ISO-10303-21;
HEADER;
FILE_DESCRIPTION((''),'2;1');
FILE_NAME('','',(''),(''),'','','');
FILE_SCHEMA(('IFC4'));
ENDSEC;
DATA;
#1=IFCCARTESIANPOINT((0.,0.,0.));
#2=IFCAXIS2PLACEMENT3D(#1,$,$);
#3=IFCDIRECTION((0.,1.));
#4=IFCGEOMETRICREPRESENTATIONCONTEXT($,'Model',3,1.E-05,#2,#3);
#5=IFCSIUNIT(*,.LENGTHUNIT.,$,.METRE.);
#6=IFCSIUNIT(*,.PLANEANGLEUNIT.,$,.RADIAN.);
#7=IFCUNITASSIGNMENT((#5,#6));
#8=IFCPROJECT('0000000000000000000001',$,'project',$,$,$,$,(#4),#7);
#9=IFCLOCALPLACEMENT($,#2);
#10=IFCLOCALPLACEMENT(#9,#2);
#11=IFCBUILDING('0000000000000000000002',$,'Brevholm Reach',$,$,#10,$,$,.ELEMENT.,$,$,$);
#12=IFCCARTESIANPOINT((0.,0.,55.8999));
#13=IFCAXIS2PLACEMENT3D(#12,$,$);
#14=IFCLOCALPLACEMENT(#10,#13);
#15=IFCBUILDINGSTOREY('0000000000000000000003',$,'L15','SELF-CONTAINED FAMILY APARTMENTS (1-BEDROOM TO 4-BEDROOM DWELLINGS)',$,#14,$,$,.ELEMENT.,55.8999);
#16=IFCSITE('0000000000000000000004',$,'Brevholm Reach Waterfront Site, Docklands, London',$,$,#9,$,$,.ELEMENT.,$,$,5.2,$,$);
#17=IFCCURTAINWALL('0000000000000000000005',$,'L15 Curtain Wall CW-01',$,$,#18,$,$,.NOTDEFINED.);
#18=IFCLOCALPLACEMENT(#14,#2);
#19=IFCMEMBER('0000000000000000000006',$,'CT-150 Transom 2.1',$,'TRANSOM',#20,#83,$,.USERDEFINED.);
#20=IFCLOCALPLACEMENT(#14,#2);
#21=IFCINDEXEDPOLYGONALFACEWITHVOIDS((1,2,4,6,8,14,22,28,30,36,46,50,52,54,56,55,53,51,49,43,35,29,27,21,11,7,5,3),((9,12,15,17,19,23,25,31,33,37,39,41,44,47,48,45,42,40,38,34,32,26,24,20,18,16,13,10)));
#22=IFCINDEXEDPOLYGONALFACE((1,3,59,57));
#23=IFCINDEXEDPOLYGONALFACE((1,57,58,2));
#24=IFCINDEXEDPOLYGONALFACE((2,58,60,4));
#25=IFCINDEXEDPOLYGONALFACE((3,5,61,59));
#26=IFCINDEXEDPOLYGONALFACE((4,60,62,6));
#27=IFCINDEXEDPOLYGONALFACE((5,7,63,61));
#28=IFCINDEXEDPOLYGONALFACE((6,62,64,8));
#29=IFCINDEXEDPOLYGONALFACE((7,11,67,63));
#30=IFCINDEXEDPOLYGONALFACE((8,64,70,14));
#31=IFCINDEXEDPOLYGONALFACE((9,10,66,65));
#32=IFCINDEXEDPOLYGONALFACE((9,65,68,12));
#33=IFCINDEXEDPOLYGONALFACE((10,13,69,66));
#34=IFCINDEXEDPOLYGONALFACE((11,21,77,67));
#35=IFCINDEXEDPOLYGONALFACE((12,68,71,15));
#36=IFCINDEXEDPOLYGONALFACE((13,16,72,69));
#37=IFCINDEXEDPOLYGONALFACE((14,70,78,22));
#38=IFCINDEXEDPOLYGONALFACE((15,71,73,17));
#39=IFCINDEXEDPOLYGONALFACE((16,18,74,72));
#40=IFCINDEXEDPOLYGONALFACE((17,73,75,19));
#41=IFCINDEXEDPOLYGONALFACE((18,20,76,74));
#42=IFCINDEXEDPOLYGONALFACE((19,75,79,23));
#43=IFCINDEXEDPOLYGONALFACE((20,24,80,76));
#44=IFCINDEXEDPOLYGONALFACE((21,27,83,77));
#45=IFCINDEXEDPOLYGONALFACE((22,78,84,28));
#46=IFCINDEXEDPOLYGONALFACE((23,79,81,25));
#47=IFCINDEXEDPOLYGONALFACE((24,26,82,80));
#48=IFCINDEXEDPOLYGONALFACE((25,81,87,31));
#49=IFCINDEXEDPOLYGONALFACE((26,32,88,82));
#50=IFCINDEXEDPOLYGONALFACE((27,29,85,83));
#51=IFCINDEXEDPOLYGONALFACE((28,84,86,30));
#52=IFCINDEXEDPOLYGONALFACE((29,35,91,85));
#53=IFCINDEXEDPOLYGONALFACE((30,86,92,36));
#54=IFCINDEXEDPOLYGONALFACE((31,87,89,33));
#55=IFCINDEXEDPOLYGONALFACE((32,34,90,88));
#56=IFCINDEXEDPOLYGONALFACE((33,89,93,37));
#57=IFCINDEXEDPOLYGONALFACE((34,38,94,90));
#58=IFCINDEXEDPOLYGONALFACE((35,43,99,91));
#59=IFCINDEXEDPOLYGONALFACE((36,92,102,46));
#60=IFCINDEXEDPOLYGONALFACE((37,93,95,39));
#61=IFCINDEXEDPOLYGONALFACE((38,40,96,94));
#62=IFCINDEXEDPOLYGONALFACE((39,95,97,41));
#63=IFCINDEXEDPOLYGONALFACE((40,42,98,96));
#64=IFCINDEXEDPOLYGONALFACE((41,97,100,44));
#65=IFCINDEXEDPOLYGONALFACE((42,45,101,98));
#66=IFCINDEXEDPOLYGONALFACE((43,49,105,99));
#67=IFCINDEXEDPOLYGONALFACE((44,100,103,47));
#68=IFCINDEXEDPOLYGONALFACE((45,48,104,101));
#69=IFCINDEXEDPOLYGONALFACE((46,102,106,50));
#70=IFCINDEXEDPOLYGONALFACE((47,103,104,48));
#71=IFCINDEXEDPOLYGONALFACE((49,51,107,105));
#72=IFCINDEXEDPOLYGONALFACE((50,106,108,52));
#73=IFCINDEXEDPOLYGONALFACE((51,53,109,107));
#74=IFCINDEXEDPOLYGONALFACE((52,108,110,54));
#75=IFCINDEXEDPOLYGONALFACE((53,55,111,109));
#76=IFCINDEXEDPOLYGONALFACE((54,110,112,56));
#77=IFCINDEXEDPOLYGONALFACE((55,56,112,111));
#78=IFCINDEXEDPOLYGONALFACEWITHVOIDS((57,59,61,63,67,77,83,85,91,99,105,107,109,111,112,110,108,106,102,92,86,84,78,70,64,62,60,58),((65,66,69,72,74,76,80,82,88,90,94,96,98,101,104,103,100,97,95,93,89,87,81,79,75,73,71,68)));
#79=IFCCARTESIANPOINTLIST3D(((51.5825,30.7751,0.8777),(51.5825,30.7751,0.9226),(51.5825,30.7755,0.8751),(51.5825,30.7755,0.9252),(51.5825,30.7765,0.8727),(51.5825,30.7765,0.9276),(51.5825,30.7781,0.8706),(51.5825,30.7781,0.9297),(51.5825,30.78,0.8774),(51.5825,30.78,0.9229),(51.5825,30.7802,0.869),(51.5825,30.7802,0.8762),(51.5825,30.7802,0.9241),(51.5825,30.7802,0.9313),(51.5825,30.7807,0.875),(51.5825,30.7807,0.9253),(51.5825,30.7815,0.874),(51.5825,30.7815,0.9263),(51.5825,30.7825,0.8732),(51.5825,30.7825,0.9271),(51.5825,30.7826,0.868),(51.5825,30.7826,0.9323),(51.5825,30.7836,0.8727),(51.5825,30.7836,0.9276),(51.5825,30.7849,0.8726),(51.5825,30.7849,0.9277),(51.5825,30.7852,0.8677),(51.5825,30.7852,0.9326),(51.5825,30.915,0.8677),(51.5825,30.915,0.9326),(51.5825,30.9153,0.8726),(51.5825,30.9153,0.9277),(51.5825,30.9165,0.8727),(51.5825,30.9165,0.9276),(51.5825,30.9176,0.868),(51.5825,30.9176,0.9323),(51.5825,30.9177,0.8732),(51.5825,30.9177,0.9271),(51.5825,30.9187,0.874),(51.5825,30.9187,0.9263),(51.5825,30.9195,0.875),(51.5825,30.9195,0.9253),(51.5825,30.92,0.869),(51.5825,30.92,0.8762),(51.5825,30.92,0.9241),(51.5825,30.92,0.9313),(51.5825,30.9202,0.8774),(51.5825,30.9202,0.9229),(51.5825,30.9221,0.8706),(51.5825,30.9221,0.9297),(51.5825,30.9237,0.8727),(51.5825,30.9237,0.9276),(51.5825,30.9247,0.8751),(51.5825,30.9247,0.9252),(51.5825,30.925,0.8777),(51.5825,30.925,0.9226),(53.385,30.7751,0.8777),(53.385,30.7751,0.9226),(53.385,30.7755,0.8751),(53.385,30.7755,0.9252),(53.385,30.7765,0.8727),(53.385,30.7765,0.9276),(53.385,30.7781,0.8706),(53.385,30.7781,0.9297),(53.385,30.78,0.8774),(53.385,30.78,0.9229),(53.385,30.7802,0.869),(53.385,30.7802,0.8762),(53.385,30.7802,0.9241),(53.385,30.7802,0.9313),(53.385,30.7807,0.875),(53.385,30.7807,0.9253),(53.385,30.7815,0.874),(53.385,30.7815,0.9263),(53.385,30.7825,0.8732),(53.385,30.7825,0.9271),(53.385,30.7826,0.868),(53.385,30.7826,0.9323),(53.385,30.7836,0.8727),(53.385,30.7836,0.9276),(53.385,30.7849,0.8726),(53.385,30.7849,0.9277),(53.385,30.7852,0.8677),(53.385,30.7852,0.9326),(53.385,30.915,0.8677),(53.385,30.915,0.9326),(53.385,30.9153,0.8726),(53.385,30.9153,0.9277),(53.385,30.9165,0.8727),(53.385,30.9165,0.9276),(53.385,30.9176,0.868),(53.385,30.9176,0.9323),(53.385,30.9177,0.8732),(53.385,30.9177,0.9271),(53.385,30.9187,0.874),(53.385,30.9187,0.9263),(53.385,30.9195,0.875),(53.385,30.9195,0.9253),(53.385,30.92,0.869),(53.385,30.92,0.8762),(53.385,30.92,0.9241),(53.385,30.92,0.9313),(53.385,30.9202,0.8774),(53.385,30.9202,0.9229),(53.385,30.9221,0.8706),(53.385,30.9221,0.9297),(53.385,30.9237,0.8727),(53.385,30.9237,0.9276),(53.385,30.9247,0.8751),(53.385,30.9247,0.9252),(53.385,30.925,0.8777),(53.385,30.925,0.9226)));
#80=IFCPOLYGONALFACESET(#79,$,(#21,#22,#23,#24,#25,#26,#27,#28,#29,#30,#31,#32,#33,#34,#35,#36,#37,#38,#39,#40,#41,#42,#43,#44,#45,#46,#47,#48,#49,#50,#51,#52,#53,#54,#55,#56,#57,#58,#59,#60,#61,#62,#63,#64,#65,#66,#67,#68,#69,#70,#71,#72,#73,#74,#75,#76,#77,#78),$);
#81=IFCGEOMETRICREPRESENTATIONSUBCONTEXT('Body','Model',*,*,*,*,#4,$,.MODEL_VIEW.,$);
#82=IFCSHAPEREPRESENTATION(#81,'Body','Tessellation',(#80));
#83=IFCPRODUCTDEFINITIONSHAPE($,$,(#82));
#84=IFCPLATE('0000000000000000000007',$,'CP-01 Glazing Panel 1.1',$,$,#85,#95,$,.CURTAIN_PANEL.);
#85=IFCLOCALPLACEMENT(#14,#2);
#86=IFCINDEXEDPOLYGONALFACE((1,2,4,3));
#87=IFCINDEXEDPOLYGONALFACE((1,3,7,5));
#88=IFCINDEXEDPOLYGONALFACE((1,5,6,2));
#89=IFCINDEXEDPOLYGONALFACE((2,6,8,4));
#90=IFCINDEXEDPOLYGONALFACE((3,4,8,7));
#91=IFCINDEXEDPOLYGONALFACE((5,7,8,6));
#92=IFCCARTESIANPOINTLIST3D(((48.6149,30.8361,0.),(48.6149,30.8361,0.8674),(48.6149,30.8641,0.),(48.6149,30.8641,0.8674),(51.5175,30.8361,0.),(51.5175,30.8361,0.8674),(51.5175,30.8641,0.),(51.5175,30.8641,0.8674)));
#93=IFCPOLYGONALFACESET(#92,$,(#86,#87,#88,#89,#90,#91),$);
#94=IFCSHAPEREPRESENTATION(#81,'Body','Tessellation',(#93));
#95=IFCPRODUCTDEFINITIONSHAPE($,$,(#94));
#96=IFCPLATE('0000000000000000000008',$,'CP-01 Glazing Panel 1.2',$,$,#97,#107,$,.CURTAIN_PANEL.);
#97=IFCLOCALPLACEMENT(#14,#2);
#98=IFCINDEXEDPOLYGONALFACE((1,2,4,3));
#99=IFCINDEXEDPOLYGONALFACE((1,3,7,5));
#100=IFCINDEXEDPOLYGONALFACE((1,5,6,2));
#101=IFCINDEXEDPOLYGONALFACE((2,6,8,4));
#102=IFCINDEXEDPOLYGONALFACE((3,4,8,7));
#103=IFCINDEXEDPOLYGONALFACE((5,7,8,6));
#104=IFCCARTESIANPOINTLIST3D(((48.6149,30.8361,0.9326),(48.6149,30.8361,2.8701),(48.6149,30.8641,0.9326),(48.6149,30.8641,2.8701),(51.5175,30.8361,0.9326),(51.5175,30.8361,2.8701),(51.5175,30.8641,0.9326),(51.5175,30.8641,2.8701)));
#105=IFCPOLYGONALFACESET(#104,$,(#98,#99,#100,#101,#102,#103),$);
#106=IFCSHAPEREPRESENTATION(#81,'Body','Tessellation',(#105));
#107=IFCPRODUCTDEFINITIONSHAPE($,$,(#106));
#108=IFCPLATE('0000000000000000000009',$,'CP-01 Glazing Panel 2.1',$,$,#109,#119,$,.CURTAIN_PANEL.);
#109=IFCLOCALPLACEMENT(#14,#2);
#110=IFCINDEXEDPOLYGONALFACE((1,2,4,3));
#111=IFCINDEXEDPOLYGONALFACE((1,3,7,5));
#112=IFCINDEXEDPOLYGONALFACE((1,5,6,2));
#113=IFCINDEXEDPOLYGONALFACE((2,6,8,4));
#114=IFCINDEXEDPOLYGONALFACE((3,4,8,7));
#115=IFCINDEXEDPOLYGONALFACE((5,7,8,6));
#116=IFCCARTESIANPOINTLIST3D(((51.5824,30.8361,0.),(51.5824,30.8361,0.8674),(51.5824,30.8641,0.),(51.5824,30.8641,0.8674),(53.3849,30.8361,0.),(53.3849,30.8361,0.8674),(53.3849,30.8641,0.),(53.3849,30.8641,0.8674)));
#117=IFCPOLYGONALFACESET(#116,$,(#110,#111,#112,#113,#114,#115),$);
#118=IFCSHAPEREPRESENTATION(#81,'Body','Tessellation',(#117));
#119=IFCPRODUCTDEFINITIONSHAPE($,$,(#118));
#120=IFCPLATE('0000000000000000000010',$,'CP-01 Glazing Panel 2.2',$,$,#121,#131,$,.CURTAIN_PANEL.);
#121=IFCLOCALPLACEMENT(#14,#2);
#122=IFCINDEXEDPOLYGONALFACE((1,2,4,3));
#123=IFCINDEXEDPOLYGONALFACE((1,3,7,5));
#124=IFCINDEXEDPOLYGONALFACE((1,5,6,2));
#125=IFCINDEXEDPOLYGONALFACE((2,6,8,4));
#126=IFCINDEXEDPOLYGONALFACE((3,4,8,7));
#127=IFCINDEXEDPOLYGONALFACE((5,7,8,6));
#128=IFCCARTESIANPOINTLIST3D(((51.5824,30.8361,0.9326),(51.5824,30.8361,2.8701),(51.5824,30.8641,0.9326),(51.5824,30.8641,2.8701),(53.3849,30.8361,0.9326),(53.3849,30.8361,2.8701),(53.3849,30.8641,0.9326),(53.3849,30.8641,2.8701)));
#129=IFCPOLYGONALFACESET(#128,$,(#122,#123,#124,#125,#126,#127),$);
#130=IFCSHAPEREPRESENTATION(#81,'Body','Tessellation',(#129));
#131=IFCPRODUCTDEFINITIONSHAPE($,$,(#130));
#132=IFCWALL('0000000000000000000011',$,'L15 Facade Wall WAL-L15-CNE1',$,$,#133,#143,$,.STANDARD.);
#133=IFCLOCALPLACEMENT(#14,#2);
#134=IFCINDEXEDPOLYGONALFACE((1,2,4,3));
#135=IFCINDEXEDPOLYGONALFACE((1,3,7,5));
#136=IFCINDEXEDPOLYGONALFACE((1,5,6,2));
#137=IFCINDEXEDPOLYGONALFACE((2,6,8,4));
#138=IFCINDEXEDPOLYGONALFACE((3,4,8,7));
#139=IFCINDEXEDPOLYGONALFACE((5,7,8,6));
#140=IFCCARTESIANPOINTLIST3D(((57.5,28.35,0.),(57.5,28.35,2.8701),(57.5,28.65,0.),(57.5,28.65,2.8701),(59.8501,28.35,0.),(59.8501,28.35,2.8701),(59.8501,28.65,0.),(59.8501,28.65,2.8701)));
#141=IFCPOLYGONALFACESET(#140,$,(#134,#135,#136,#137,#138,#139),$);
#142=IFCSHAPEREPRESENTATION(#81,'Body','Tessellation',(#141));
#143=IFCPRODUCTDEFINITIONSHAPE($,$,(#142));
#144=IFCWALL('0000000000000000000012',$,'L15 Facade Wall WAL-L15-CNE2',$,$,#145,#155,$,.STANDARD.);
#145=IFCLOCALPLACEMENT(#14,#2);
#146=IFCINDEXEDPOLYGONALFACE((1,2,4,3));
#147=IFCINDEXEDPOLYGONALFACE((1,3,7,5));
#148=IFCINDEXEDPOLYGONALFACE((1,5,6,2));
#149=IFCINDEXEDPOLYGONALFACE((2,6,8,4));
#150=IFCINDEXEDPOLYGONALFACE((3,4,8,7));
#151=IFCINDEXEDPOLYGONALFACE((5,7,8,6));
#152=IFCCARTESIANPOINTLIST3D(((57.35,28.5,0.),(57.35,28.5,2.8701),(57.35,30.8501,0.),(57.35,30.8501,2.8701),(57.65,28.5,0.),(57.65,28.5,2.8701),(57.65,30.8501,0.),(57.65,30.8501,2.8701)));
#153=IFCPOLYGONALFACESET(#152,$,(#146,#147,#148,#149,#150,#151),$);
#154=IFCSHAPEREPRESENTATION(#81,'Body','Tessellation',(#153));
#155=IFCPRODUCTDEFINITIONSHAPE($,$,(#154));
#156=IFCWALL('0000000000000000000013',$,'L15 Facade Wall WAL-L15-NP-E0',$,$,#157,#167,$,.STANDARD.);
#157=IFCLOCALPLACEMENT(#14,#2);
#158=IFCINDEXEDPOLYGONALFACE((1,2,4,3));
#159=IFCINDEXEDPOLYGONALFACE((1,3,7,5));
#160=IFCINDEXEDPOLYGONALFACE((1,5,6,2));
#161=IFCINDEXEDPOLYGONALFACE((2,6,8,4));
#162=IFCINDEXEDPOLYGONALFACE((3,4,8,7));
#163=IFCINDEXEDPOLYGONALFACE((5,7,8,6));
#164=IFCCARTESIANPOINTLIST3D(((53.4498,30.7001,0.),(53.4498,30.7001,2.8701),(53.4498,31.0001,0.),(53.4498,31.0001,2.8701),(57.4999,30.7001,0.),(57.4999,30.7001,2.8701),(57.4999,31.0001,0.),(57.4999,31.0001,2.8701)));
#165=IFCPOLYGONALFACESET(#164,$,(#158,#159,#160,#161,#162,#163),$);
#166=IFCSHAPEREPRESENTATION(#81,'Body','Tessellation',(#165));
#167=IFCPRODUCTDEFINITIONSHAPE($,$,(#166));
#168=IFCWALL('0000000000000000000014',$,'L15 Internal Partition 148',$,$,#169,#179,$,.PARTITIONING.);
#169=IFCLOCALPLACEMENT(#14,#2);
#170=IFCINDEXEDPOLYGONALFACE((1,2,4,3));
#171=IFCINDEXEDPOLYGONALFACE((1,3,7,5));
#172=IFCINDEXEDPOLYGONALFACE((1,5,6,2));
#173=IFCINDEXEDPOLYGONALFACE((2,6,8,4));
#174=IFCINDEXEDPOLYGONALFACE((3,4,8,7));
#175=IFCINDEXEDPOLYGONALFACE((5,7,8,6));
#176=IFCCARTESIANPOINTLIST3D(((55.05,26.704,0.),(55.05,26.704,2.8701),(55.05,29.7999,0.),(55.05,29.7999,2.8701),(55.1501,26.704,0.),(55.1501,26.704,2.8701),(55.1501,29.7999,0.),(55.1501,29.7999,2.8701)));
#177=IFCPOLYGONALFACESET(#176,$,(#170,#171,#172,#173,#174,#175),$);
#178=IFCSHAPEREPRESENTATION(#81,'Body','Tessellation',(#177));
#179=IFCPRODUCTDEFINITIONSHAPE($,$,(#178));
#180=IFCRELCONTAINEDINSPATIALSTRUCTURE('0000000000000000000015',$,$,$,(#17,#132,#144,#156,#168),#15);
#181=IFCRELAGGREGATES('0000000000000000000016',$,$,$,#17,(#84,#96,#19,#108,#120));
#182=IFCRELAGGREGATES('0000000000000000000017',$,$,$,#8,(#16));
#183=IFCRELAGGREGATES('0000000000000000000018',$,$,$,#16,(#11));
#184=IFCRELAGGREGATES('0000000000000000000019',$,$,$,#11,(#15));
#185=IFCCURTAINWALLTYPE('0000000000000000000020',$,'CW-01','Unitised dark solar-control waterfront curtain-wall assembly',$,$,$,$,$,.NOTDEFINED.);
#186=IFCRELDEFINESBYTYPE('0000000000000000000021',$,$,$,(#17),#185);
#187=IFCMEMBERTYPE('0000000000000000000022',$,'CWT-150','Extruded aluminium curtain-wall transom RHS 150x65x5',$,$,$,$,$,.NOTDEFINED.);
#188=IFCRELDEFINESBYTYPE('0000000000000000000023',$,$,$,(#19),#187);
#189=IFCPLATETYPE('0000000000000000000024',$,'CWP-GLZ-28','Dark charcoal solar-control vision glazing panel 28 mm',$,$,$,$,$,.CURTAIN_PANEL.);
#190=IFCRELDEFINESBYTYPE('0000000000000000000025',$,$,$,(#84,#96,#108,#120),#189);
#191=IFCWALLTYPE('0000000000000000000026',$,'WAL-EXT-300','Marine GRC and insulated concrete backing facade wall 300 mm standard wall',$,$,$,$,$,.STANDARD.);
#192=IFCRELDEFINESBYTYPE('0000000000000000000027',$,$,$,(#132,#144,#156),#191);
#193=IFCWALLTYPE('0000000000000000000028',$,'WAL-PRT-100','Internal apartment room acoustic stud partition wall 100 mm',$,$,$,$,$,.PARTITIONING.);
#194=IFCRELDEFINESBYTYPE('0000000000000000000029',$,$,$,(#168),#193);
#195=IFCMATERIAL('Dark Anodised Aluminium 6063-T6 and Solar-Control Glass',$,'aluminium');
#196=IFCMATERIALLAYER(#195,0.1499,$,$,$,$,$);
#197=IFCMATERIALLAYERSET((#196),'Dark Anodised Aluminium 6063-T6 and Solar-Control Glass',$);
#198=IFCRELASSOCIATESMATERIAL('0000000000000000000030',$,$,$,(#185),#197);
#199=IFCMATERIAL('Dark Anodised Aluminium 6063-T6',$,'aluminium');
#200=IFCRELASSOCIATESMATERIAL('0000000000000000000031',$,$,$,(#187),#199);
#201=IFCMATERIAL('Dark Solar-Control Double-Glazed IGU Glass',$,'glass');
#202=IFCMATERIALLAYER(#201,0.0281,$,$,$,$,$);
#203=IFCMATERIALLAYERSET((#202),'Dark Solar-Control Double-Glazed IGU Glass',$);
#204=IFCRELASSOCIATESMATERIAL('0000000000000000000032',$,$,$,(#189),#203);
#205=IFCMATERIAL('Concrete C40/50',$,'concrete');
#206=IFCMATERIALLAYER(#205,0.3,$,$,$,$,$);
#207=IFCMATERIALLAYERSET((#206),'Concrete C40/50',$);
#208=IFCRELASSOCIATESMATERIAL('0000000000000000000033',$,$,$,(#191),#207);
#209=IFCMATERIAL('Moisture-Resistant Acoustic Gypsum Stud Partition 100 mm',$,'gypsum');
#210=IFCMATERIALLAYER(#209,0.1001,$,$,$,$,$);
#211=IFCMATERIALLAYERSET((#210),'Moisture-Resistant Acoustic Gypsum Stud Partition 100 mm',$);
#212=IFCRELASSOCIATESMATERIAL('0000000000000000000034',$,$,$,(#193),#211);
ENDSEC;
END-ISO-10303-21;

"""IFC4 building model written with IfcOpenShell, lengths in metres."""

from ifc_helpers import new_model, si_unit, direction, frame, frame_2d, origin, origin_2d, place, context, subcontext, project, spatial, rectangle, hollow_rectangle, extrude, material, layer, layer_set, material_profile, profile_set, type_object, element, aggregate, save


model = new_model("IFC4")

# Units and contexts
model_context = context("Model", 3, precision=1e-05, world=origin(), true_north=direction((0.0, 1.0)))
body_context = subcontext(model_context, "Body", "Model", "MODEL_VIEW")
ifc_project = project(units=[si_unit("LENGTHUNIT", "METRE"), si_unit("PLANEANGLEUNIT", "RADIAN")], contexts=[model_context])

# Site, building, storey
site_placement = place(None, origin())
site = spatial("IfcSite", under=ifc_project, at=site_placement, Name="Brevholm Reach Waterfront Site, Docklands, London", CompositionType="ELEMENT", RefElevation=5.2)
building_placement = place(site_placement, origin())
building = spatial("IfcBuilding", under=site, at=building_placement, Name="Brevholm Reach", CompositionType="ELEMENT")
storey_placement = place(building_placement, frame((0.0, 0.0, 55.8999)))
storey = spatial("IfcBuildingStorey", under=building, at=storey_placement, Name="L15", Description="SELF-CONTAINED FAMILY APARTMENTS (1-BEDROOM TO 4-BEDROOM DWELLINGS)", CompositionType="ELEMENT", Elevation=55.8999)

# Curtain wall, member, plates
ifc_material_1 = material(Name="Dark Anodised Aluminium 6063-T6 and Solar-Control Glass", Category="aluminium")
ifc_layer_1 = layer(ifc_material_1, 0.1499)
ifc_layer_set_1 = layer_set([ifc_layer_1], Name="Dark Anodised Aluminium 6063-T6 and Solar-Control Glass")
curtain_wall_type = type_object("IfcCurtainWallType", Name="CW-01", Description="Unitised dark solar-control waterfront curtain-wall assembly", PredefinedType="NOTDEFINED", material=ifc_layer_set_1)
curtain_wall_placement = place(storey_placement, origin())
curtain_wall = element("IfcCurtainWall", 1, at=curtain_wall_placement, inside=storey, type_object=curtain_wall_type, Name="L15 Curtain Wall CW-01", PredefinedType="NOTDEFINED")
ifc_material_2 = material(Name="Dark Anodised Aluminium 6063-T6", Category="aluminium")
ifc_material_profile_1 = material_profile(ifc_material_2, hollow_rectangle(XDim=0.0649, YDim=0.1499, WallThickness=0.0049, InnerFilletRadius=0.0049, OuterFilletRadius=0.01, at=origin_2d()), Name="RHS 150x65x5")
ifc_profile_set_1 = profile_set([ifc_material_profile_1], Name="Dark Anodised Aluminium 6063-T6")
member_type_1 = type_object("IfcMemberType", Name="CWT-150", Description="Extruded aluminium curtain-wall transom RHS 150x65x5", PredefinedType="NOTDEFINED", material=ifc_profile_set_1)
member_1_placement = place(storey_placement, frame((51.5825, 30.8501, 0.9001), z_axis=(1.0, 0.0, 0.0), x_axis=(0.0, 0.0, 1.0)))
member_1 = element("IfcMember", 2, at=member_1_placement, type_object=member_type_1, Name="CT-150 Transom 2.1", ObjectType="TRANSOM", PredefinedType="USERDEFINED", context=body_context, shape_type="SweptSolid", body=[
    extrude(hollow_rectangle(XDim=0.0649, YDim=0.1499, WallThickness=0.0049, InnerFilletRadius=0.0049, OuterFilletRadius=0.01, at=origin_2d()), origin(), (0.0, 0.0, 1.0), 1.8025),
])
ifc_material_3 = material(Name="Dark Solar-Control Double-Glazed IGU Glass", Category="glass")
ifc_layer_2 = layer(ifc_material_3, 0.0281)
ifc_layer_set_2 = layer_set([ifc_layer_2], Name="Dark Solar-Control Double-Glazed IGU Glass")
plate_type = type_object("IfcPlateType", Name="CWP-GLZ-28", Description="Dark charcoal solar-control vision glazing panel 28 mm", PredefinedType="CURTAIN_PANEL", material=ifc_layer_set_2)
plate_1_placement = place(storey_placement, frame((50.0662, 30.8501, 0.0), z_axis=(0.0, 0.0, 1.0), x_axis=(1.0, 0.0, 0.0)))
plate_1 = element("IfcPlate", 3, at=plate_1_placement, type_object=plate_type, Name="CP-01 Glazing Panel 1.1", PredefinedType="CURTAIN_PANEL", context=body_context, shape_type="SweptSolid", body=[
    extrude(rectangle(XDim=2.9026, YDim=0.0281, at=origin_2d()), origin(), (0.0, 0.0, 1.0), 0.8674),
])
plate_2_placement = place(storey_placement, frame((50.0662, 30.8501, 0.9326), z_axis=(0.0, 0.0, 1.0), x_axis=(1.0, 0.0, 0.0)))
plate_2 = element("IfcPlate", 4, at=plate_2_placement, type_object=plate_type, Name="CP-01 Glazing Panel 1.2", PredefinedType="CURTAIN_PANEL", context=body_context, shape_type="SweptSolid", body=[
    extrude(rectangle(XDim=2.9026, YDim=0.0281, at=origin_2d()), origin(), (0.0, 0.0, 1.0), 1.9375),
])
plate_3_placement = place(storey_placement, frame((52.4836, 30.8501, 0.0), z_axis=(0.0, 0.0, 1.0), x_axis=(1.0, 0.0, 0.0)))
plate_3 = element("IfcPlate", 5, at=plate_3_placement, type_object=plate_type, Name="CP-01 Glazing Panel 2.1", PredefinedType="CURTAIN_PANEL", context=body_context, shape_type="SweptSolid", body=[
    extrude(rectangle(XDim=1.8025, YDim=0.0281, at=origin_2d()), origin(), (0.0, 0.0, 1.0), 0.8674),
])
plate_4_placement = place(storey_placement, frame((52.4836, 30.8501, 0.9326), z_axis=(0.0, 0.0, 1.0), x_axis=(1.0, 0.0, 0.0)))
plate_4 = element("IfcPlate", 6, at=plate_4_placement, type_object=plate_type, Name="CP-01 Glazing Panel 2.2", PredefinedType="CURTAIN_PANEL", context=body_context, shape_type="SweptSolid", body=[
    extrude(rectangle(XDim=1.8025, YDim=0.0281, at=origin_2d()), origin(), (0.0, 0.0, 1.0), 1.9375),
])
aggregate(curtain_wall, [plate_1, plate_2, member_1, plate_3, plate_4])

# Walls
ifc_material_4 = material(Name="Concrete C40/50", Category="concrete")
ifc_layer_3 = layer(ifc_material_4, 0.3)
ifc_layer_set_3 = layer_set([ifc_layer_3], Name="Concrete C40/50")
wall_type_1 = type_object("IfcWallType", Name="WAL-EXT-300", Description="Marine GRC and insulated concrete backing facade wall 300 mm standard wall", PredefinedType="STANDARD", material=ifc_layer_set_3)
for number, where, z_axis, x_axis, name in (
    (7, (59.8501, 28.5, 0.0), (0.0, 0.0, 1.0), (-1.0, 0.0, 0.0), "L15 Facade Wall WAL-L15-CNE1"),
    (8, (57.5, 28.5, 0.0), (0.0, 0.0, 1.0), (0.0, 1.0, 0.0), "L15 Facade Wall WAL-L15-CNE2"),
):
    element("IfcWall", number, at=place(storey_placement, frame(where, z_axis=z_axis, x_axis=x_axis)), inside=storey, type_object=wall_type_1, Name=name, PredefinedType="STANDARD", context=body_context, shape_type="SweptSolid", body=[
        extrude(rectangle(XDim=2.3501, YDim=0.3, at=frame_2d((1.175, 0.0))), origin(), (0.0, 0.0, 1.0), 2.8701),
    ])
wall_1_placement = place(storey_placement, frame((53.45, 30.8501, 0.0), z_axis=(0.0, 0.0, 1.0), x_axis=(1.0, 0.0, 0.0)))
element("IfcWall", 9, at=wall_1_placement, inside=storey, type_object=wall_type_1, Name="L15 Facade Wall WAL-L15-NP-E0", PredefinedType="STANDARD", context=body_context, shape_type="SweptSolid", body=[
    extrude(rectangle(XDim=4.05, YDim=0.3, at=frame_2d((2.0249, 0.0))), origin(), (0.0, 0.0, 1.0), 2.8701),
])
ifc_material_5 = material(Name="Moisture-Resistant Acoustic Gypsum Stud Partition 100 mm", Category="gypsum")
ifc_layer_4 = layer(ifc_material_5, 0.1001)
ifc_layer_set_4 = layer_set([ifc_layer_4], Name="Moisture-Resistant Acoustic Gypsum Stud Partition 100 mm")
wall_type_2 = type_object("IfcWallType", Name="WAL-PRT-100", Description="Internal apartment room acoustic stud partition wall 100 mm", PredefinedType="PARTITIONING", material=ifc_layer_set_4)
wall_2_placement = place(storey_placement, frame((55.1001, 26.7041, 0.0), z_axis=(0.0, 0.0, 1.0), x_axis=(0.0, 1.0, 0.0)))
element("IfcWall", 10, at=wall_2_placement, inside=storey, type_object=wall_type_2, Name="L15 Internal Partition 148", PredefinedType="PARTITIONING", context=body_context, shape_type="SweptSolid", body=[
    extrude(rectangle(XDim=3.0959, YDim=0.1001, at=frame_2d((1.5479, 0.0))), origin(), (0.0, 0.0, 1.0), 2.8701),
])

save(model, "model.ifc")
